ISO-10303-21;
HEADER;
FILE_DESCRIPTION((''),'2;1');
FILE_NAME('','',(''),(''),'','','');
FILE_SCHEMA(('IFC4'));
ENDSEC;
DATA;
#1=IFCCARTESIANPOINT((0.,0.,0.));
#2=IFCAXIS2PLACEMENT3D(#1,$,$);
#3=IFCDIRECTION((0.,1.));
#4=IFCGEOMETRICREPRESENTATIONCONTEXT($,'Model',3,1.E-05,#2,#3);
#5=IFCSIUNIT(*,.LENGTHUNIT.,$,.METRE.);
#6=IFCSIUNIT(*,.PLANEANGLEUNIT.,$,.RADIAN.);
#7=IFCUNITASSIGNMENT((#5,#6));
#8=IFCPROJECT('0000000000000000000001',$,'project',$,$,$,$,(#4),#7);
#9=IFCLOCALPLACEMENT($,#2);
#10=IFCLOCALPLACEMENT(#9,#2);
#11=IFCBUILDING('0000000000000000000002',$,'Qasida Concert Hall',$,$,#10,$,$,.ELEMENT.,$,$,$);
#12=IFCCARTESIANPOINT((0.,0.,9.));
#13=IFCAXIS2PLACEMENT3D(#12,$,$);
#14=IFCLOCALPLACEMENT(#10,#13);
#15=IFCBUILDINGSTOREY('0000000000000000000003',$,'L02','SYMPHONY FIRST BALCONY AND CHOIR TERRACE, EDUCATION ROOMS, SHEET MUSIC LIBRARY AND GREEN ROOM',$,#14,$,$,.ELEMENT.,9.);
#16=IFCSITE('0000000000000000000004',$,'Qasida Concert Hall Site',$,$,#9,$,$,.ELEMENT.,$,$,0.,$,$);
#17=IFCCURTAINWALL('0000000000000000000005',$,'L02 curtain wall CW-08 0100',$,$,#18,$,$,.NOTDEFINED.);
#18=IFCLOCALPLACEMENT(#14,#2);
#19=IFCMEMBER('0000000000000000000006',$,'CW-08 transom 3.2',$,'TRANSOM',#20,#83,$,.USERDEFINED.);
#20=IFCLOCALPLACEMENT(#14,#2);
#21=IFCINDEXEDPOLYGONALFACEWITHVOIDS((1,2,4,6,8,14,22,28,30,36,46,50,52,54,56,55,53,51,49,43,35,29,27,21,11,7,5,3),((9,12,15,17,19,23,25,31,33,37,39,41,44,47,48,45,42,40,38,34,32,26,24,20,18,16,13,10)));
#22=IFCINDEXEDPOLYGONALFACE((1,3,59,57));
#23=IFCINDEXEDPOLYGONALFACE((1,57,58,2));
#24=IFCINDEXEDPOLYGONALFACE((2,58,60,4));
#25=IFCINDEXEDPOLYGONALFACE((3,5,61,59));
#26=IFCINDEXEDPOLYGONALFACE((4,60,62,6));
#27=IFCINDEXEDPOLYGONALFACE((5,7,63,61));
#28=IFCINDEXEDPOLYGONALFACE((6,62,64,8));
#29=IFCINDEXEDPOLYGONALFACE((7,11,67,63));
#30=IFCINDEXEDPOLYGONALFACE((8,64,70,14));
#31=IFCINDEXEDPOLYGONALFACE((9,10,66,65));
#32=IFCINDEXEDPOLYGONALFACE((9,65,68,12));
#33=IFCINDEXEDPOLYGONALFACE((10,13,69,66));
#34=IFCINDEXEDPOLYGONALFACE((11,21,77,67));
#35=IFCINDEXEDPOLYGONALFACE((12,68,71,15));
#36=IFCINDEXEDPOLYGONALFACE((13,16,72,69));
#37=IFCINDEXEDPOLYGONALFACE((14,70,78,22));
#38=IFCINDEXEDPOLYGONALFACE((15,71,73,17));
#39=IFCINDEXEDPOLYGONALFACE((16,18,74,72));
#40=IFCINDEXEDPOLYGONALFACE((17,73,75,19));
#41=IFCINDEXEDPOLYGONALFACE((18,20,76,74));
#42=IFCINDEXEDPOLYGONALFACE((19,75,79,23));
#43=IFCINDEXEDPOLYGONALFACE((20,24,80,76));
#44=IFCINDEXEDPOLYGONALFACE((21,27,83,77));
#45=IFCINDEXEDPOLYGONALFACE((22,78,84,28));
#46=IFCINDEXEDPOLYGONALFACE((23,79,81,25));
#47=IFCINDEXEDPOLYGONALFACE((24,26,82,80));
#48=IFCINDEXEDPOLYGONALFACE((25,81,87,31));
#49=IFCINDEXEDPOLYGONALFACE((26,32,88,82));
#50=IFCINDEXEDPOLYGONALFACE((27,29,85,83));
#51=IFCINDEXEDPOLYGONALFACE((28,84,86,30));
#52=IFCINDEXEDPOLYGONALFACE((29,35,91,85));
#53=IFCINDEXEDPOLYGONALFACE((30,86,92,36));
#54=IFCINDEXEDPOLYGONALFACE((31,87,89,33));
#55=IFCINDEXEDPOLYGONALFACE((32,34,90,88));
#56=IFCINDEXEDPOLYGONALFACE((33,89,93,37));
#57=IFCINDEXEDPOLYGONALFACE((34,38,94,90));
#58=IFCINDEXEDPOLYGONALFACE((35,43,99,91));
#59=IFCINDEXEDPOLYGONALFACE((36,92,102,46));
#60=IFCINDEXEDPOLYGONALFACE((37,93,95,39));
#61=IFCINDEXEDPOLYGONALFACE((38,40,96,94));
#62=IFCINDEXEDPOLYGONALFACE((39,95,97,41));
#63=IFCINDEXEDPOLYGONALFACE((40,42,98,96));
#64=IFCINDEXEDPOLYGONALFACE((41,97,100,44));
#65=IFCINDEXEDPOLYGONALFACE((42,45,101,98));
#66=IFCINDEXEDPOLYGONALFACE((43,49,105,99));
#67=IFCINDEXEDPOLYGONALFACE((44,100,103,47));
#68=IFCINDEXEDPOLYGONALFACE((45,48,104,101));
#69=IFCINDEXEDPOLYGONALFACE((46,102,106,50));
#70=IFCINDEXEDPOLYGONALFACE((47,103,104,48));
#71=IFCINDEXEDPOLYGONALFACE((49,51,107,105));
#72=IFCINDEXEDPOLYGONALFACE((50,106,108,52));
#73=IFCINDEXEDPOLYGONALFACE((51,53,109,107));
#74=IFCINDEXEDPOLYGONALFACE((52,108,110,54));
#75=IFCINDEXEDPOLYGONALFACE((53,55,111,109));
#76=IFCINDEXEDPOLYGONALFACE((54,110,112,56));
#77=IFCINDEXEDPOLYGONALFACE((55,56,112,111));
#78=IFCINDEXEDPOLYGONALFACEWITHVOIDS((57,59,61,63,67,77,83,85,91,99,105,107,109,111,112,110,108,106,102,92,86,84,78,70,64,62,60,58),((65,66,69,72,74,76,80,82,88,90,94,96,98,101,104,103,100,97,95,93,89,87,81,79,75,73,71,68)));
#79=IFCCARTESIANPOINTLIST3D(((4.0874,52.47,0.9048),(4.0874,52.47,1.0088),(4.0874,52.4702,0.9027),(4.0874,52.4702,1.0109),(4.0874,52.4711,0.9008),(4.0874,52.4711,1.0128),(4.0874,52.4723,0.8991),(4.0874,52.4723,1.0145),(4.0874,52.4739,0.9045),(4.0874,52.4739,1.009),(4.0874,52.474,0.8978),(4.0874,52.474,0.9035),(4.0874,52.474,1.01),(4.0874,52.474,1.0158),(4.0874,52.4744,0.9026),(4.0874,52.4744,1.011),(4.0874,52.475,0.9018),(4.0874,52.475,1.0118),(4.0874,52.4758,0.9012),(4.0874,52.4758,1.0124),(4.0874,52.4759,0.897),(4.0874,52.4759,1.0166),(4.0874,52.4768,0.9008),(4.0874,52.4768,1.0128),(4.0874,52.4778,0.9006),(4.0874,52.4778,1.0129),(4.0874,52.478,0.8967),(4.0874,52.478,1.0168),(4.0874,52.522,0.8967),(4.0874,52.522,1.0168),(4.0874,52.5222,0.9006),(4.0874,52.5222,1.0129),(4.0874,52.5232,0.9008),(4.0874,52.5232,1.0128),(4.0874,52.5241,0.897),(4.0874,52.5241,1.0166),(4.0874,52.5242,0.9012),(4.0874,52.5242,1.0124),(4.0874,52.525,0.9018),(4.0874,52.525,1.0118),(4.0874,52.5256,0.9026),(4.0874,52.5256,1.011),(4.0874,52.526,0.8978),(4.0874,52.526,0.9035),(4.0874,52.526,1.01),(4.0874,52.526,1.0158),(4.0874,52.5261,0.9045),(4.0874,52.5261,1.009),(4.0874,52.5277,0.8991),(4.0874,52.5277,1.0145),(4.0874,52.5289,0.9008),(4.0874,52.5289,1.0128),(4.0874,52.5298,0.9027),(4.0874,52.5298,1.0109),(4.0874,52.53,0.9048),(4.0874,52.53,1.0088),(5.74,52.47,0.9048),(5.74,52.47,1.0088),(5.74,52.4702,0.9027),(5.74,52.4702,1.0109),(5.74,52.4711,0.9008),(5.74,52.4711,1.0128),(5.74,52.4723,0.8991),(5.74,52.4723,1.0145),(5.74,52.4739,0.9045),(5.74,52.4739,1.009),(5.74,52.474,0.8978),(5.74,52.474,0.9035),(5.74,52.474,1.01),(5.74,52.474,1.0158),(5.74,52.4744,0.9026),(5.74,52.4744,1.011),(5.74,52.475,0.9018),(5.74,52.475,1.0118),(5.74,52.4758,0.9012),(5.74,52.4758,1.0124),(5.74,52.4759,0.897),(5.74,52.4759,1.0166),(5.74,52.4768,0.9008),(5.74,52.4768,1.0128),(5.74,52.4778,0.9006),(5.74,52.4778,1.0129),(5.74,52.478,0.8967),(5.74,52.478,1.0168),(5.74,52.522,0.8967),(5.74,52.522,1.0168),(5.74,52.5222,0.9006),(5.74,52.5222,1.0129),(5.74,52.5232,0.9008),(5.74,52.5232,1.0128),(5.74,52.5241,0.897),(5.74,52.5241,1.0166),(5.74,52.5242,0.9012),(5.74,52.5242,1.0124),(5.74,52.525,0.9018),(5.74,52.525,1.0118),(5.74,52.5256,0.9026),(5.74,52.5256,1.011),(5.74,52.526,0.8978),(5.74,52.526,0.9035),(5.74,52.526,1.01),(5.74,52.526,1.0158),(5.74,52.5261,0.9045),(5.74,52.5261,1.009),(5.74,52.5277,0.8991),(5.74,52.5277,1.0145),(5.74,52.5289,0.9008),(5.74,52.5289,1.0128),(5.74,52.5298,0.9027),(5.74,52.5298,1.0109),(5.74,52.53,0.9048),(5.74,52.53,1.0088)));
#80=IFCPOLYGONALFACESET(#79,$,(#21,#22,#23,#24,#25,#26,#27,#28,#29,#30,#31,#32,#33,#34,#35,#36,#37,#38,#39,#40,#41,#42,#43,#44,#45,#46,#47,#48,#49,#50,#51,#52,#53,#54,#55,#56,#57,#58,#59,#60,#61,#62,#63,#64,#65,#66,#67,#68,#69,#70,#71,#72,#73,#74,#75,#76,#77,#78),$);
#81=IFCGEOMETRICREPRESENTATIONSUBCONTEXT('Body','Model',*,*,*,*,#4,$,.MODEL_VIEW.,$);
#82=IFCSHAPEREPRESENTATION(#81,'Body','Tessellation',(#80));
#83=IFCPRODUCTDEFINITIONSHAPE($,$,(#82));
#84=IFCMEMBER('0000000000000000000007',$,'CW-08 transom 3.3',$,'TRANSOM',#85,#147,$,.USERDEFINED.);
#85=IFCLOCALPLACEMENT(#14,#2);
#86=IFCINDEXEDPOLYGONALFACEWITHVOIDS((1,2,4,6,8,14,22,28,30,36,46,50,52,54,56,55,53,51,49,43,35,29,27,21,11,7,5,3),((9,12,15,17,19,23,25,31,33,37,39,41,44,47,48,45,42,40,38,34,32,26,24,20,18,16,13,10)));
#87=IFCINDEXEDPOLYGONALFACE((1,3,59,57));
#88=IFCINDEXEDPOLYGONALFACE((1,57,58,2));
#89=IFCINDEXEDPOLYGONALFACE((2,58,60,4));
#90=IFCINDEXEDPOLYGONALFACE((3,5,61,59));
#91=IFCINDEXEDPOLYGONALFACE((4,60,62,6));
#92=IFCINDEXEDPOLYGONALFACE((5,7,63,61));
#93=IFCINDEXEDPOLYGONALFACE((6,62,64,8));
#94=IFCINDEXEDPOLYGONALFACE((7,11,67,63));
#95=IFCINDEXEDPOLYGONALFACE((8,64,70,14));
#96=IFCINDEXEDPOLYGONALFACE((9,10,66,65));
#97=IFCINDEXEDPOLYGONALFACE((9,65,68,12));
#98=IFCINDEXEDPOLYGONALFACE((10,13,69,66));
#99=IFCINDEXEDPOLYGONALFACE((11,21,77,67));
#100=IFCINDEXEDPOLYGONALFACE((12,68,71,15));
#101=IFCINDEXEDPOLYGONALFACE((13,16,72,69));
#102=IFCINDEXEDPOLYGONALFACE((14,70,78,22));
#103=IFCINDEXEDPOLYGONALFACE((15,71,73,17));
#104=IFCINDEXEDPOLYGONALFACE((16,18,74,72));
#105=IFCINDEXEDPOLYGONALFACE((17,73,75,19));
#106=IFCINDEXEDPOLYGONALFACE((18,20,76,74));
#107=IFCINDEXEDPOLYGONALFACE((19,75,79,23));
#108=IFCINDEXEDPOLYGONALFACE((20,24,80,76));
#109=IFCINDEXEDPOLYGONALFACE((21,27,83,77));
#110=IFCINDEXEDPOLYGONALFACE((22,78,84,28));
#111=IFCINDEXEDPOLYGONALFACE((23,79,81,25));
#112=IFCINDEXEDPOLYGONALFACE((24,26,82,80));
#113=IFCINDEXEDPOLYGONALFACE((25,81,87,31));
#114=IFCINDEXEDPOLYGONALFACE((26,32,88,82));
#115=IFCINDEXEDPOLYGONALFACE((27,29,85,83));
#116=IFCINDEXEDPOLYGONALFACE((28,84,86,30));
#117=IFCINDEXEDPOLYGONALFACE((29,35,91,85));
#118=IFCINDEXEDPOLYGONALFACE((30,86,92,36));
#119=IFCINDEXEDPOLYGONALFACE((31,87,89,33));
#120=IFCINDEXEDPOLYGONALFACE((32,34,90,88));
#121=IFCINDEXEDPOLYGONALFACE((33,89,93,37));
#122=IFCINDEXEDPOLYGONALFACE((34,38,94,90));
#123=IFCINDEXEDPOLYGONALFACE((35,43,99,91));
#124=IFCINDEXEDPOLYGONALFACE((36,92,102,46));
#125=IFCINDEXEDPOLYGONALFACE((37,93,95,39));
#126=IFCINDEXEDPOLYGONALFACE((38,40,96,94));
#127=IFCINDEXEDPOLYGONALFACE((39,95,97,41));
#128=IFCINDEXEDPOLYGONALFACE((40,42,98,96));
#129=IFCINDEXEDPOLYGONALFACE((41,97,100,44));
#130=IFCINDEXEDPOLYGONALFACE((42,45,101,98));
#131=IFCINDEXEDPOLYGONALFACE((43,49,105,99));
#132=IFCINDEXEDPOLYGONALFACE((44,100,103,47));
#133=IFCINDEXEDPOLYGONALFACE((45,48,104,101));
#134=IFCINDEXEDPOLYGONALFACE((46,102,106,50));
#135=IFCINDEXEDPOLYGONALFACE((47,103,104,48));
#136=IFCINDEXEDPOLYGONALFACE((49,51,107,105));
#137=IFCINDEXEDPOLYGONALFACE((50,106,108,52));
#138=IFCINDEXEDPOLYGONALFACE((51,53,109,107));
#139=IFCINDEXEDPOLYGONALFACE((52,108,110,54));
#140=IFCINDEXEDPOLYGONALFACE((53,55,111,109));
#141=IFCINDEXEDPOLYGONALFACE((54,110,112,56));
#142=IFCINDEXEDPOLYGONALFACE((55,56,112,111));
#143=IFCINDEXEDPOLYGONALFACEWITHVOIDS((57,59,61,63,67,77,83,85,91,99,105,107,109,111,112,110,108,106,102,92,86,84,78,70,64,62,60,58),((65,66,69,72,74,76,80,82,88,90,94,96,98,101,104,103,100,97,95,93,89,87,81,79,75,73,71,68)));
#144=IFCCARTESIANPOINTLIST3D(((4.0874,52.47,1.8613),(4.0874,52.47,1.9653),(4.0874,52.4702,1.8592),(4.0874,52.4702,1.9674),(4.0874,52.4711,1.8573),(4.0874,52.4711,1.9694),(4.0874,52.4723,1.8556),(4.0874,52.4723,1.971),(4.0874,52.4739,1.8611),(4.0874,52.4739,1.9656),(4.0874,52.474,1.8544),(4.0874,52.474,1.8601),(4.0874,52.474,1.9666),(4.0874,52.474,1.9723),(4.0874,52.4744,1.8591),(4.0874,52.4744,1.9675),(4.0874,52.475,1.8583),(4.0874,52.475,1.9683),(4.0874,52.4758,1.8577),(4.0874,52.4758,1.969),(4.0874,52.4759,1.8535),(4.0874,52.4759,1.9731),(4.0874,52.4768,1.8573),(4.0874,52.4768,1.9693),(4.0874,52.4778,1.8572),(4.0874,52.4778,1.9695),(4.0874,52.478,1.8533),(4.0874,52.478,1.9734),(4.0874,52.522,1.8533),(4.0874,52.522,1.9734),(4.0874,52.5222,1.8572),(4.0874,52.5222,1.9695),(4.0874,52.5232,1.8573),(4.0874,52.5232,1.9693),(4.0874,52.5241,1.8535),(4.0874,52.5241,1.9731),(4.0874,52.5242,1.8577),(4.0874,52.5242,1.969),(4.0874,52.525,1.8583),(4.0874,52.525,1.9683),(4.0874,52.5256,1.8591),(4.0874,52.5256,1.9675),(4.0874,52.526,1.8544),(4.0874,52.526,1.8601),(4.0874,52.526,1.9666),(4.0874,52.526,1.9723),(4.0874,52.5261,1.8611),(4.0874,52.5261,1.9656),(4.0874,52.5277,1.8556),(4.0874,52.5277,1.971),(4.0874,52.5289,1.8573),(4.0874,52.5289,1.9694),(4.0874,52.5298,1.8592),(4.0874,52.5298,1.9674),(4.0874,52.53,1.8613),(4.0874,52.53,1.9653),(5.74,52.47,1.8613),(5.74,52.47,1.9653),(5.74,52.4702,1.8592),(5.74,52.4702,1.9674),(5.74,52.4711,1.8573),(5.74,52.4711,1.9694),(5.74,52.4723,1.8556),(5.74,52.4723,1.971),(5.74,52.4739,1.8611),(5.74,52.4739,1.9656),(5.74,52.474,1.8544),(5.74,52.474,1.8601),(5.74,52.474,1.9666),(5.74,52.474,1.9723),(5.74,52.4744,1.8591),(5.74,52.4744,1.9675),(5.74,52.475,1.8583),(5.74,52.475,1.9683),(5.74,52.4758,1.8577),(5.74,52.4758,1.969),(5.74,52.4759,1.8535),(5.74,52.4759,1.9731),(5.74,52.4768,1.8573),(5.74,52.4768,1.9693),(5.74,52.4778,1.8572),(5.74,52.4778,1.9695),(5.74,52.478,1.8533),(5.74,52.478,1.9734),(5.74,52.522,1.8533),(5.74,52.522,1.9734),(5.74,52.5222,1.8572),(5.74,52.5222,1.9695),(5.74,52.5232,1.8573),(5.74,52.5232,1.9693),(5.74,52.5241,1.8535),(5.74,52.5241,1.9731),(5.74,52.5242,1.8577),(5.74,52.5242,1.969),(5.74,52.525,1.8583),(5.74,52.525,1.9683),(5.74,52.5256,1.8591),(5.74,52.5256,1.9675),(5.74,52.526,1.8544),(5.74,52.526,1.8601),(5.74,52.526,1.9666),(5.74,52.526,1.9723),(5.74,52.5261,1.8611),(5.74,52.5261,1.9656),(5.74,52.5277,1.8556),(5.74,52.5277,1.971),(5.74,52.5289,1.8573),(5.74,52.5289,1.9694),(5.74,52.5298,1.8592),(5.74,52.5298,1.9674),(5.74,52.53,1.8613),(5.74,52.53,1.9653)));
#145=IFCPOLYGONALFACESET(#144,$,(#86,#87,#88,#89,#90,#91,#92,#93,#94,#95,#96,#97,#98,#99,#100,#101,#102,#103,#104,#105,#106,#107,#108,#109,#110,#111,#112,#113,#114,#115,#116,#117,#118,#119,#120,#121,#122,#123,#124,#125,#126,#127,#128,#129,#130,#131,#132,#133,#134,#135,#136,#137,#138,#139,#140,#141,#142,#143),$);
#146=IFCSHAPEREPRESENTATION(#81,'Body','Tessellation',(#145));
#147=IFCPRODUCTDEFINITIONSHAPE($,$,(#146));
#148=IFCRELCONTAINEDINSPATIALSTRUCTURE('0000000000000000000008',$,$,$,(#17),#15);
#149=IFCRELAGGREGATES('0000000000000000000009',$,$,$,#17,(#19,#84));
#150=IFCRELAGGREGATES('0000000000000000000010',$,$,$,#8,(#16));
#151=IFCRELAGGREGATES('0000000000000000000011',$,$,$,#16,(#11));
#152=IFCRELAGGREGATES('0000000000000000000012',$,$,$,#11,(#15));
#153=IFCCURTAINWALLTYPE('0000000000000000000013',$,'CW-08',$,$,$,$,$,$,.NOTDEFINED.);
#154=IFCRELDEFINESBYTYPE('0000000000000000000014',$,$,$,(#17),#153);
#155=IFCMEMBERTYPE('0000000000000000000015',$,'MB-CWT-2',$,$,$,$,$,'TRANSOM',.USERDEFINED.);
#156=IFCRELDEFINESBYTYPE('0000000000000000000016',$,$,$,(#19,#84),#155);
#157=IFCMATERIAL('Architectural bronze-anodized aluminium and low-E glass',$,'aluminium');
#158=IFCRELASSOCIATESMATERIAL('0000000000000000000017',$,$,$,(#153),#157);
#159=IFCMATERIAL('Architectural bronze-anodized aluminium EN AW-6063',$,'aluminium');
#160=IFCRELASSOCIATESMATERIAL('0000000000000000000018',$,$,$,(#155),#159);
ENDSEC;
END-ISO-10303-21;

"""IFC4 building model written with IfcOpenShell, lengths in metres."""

from ifc_helpers import new_model, si_unit, direction, frame, origin, origin_2d, place, context, subcontext, project, spatial, hollow_rectangle, extrude, material, material_profile, profile_set, type_object, element, aggregate, save


model = new_model("IFC4")

# Units and contexts
model_context = context("Model", 3, precision=1e-05, world=origin(), true_north=direction((0.0, 1.0)))
body_context = subcontext(model_context, "Body", "Model", "MODEL_VIEW")
ifc_project = project(units=[si_unit("LENGTHUNIT", "METRE"), si_unit("PLANEANGLEUNIT", "RADIAN")], contexts=[model_context])

# Site, building, storey
site_placement = place(None, origin())
site = spatial("IfcSite", under=ifc_project, at=site_placement, Name="Qasida Concert Hall Site", CompositionType="ELEMENT", RefElevation=0.0)
building_placement = place(site_placement, origin())
building = spatial("IfcBuilding", under=site, at=building_placement, Name="Qasida Concert Hall", CompositionType="ELEMENT")
storey_placement = place(building_placement, frame((0.0, 0.0, 9.0)))
storey = spatial("IfcBuildingStorey", under=building, at=storey_placement, Name="L02", Description="SYMPHONY FIRST BALCONY AND CHOIR TERRACE, EDUCATION ROOMS, SHEET MUSIC LIBRARY AND GREEN ROOM", CompositionType="ELEMENT", Elevation=9.0)

# Curtain wall, members
ifc_material_1 = material(Name="Architectural bronze-anodized aluminium and low-E glass", Category="aluminium")
curtain_wall_type = type_object("IfcCurtainWallType", Name="CW-08", PredefinedType="NOTDEFINED", material=ifc_material_1)
curtain_wall_placement = place(storey_placement, origin())
curtain_wall = element("IfcCurtainWall", 1, at=curtain_wall_placement, inside=storey, type_object=curtain_wall_type, Name="L02 curtain wall CW-08 0100", PredefinedType="NOTDEFINED")
ifc_material_2 = material(Name="Architectural bronze-anodized aluminium EN AW-6063", Category="aluminium")
ifc_material_profile_1 = material_profile(ifc_material_2, hollow_rectangle(XDim=0.0601, YDim=0.1201, WallThickness=0.0039, InnerFilletRadius=0.0039, OuterFilletRadius=0.0081, at=origin_2d()), Name="CWT 120x60x4")
ifc_profile_set_1 = profile_set([ifc_material_profile_1], Name="Architectural bronze-anodized aluminium EN AW-6063")
member_type_1 = type_object("IfcMemberType", Name="MB-CWT-2", ElementType="TRANSOM", PredefinedType="USERDEFINED", material=ifc_profile_set_1)
member_1_placement = place(storey_placement, frame((4.0874, 52.5, 0.9568), z_axis=(1.0, 0.0, 0.0), x_axis=(0.0, 1.0, 0.0)))
member_1 = element("IfcMember", 2, at=member_1_placement, type_object=member_type_1, Name="CW-08 transom 3.2", ObjectType="TRANSOM", PredefinedType="USERDEFINED", context=body_context, shape_type="SweptSolid", body=[
    extrude(hollow_rectangle(XDim=0.0601, YDim=0.1201, WallThickness=0.0039, InnerFilletRadius=0.0039, OuterFilletRadius=0.0081, at=origin_2d()), origin(), (0.0, 0.0, 1.0), 1.6526),
])
member_2_placement = place(storey_placement, frame((4.0874, 52.5, 1.9133), z_axis=(1.0, 0.0, 0.0), x_axis=(0.0, 1.0, 0.0)))
member_2 = element("IfcMember", 3, at=member_2_placement, type_object=member_type_1, Name="CW-08 transom 3.3", ObjectType="TRANSOM", PredefinedType="USERDEFINED", context=body_context, shape_type="SweptSolid", body=[
    extrude(hollow_rectangle(XDim=0.0601, YDim=0.1201, WallThickness=0.0039, InnerFilletRadius=0.0039, OuterFilletRadius=0.0081, at=origin_2d()), origin(), (0.0, 0.0, 1.0), 1.6526),
])
aggregate(curtain_wall, [member_1, member_2])

save(model, "model.ifc")
